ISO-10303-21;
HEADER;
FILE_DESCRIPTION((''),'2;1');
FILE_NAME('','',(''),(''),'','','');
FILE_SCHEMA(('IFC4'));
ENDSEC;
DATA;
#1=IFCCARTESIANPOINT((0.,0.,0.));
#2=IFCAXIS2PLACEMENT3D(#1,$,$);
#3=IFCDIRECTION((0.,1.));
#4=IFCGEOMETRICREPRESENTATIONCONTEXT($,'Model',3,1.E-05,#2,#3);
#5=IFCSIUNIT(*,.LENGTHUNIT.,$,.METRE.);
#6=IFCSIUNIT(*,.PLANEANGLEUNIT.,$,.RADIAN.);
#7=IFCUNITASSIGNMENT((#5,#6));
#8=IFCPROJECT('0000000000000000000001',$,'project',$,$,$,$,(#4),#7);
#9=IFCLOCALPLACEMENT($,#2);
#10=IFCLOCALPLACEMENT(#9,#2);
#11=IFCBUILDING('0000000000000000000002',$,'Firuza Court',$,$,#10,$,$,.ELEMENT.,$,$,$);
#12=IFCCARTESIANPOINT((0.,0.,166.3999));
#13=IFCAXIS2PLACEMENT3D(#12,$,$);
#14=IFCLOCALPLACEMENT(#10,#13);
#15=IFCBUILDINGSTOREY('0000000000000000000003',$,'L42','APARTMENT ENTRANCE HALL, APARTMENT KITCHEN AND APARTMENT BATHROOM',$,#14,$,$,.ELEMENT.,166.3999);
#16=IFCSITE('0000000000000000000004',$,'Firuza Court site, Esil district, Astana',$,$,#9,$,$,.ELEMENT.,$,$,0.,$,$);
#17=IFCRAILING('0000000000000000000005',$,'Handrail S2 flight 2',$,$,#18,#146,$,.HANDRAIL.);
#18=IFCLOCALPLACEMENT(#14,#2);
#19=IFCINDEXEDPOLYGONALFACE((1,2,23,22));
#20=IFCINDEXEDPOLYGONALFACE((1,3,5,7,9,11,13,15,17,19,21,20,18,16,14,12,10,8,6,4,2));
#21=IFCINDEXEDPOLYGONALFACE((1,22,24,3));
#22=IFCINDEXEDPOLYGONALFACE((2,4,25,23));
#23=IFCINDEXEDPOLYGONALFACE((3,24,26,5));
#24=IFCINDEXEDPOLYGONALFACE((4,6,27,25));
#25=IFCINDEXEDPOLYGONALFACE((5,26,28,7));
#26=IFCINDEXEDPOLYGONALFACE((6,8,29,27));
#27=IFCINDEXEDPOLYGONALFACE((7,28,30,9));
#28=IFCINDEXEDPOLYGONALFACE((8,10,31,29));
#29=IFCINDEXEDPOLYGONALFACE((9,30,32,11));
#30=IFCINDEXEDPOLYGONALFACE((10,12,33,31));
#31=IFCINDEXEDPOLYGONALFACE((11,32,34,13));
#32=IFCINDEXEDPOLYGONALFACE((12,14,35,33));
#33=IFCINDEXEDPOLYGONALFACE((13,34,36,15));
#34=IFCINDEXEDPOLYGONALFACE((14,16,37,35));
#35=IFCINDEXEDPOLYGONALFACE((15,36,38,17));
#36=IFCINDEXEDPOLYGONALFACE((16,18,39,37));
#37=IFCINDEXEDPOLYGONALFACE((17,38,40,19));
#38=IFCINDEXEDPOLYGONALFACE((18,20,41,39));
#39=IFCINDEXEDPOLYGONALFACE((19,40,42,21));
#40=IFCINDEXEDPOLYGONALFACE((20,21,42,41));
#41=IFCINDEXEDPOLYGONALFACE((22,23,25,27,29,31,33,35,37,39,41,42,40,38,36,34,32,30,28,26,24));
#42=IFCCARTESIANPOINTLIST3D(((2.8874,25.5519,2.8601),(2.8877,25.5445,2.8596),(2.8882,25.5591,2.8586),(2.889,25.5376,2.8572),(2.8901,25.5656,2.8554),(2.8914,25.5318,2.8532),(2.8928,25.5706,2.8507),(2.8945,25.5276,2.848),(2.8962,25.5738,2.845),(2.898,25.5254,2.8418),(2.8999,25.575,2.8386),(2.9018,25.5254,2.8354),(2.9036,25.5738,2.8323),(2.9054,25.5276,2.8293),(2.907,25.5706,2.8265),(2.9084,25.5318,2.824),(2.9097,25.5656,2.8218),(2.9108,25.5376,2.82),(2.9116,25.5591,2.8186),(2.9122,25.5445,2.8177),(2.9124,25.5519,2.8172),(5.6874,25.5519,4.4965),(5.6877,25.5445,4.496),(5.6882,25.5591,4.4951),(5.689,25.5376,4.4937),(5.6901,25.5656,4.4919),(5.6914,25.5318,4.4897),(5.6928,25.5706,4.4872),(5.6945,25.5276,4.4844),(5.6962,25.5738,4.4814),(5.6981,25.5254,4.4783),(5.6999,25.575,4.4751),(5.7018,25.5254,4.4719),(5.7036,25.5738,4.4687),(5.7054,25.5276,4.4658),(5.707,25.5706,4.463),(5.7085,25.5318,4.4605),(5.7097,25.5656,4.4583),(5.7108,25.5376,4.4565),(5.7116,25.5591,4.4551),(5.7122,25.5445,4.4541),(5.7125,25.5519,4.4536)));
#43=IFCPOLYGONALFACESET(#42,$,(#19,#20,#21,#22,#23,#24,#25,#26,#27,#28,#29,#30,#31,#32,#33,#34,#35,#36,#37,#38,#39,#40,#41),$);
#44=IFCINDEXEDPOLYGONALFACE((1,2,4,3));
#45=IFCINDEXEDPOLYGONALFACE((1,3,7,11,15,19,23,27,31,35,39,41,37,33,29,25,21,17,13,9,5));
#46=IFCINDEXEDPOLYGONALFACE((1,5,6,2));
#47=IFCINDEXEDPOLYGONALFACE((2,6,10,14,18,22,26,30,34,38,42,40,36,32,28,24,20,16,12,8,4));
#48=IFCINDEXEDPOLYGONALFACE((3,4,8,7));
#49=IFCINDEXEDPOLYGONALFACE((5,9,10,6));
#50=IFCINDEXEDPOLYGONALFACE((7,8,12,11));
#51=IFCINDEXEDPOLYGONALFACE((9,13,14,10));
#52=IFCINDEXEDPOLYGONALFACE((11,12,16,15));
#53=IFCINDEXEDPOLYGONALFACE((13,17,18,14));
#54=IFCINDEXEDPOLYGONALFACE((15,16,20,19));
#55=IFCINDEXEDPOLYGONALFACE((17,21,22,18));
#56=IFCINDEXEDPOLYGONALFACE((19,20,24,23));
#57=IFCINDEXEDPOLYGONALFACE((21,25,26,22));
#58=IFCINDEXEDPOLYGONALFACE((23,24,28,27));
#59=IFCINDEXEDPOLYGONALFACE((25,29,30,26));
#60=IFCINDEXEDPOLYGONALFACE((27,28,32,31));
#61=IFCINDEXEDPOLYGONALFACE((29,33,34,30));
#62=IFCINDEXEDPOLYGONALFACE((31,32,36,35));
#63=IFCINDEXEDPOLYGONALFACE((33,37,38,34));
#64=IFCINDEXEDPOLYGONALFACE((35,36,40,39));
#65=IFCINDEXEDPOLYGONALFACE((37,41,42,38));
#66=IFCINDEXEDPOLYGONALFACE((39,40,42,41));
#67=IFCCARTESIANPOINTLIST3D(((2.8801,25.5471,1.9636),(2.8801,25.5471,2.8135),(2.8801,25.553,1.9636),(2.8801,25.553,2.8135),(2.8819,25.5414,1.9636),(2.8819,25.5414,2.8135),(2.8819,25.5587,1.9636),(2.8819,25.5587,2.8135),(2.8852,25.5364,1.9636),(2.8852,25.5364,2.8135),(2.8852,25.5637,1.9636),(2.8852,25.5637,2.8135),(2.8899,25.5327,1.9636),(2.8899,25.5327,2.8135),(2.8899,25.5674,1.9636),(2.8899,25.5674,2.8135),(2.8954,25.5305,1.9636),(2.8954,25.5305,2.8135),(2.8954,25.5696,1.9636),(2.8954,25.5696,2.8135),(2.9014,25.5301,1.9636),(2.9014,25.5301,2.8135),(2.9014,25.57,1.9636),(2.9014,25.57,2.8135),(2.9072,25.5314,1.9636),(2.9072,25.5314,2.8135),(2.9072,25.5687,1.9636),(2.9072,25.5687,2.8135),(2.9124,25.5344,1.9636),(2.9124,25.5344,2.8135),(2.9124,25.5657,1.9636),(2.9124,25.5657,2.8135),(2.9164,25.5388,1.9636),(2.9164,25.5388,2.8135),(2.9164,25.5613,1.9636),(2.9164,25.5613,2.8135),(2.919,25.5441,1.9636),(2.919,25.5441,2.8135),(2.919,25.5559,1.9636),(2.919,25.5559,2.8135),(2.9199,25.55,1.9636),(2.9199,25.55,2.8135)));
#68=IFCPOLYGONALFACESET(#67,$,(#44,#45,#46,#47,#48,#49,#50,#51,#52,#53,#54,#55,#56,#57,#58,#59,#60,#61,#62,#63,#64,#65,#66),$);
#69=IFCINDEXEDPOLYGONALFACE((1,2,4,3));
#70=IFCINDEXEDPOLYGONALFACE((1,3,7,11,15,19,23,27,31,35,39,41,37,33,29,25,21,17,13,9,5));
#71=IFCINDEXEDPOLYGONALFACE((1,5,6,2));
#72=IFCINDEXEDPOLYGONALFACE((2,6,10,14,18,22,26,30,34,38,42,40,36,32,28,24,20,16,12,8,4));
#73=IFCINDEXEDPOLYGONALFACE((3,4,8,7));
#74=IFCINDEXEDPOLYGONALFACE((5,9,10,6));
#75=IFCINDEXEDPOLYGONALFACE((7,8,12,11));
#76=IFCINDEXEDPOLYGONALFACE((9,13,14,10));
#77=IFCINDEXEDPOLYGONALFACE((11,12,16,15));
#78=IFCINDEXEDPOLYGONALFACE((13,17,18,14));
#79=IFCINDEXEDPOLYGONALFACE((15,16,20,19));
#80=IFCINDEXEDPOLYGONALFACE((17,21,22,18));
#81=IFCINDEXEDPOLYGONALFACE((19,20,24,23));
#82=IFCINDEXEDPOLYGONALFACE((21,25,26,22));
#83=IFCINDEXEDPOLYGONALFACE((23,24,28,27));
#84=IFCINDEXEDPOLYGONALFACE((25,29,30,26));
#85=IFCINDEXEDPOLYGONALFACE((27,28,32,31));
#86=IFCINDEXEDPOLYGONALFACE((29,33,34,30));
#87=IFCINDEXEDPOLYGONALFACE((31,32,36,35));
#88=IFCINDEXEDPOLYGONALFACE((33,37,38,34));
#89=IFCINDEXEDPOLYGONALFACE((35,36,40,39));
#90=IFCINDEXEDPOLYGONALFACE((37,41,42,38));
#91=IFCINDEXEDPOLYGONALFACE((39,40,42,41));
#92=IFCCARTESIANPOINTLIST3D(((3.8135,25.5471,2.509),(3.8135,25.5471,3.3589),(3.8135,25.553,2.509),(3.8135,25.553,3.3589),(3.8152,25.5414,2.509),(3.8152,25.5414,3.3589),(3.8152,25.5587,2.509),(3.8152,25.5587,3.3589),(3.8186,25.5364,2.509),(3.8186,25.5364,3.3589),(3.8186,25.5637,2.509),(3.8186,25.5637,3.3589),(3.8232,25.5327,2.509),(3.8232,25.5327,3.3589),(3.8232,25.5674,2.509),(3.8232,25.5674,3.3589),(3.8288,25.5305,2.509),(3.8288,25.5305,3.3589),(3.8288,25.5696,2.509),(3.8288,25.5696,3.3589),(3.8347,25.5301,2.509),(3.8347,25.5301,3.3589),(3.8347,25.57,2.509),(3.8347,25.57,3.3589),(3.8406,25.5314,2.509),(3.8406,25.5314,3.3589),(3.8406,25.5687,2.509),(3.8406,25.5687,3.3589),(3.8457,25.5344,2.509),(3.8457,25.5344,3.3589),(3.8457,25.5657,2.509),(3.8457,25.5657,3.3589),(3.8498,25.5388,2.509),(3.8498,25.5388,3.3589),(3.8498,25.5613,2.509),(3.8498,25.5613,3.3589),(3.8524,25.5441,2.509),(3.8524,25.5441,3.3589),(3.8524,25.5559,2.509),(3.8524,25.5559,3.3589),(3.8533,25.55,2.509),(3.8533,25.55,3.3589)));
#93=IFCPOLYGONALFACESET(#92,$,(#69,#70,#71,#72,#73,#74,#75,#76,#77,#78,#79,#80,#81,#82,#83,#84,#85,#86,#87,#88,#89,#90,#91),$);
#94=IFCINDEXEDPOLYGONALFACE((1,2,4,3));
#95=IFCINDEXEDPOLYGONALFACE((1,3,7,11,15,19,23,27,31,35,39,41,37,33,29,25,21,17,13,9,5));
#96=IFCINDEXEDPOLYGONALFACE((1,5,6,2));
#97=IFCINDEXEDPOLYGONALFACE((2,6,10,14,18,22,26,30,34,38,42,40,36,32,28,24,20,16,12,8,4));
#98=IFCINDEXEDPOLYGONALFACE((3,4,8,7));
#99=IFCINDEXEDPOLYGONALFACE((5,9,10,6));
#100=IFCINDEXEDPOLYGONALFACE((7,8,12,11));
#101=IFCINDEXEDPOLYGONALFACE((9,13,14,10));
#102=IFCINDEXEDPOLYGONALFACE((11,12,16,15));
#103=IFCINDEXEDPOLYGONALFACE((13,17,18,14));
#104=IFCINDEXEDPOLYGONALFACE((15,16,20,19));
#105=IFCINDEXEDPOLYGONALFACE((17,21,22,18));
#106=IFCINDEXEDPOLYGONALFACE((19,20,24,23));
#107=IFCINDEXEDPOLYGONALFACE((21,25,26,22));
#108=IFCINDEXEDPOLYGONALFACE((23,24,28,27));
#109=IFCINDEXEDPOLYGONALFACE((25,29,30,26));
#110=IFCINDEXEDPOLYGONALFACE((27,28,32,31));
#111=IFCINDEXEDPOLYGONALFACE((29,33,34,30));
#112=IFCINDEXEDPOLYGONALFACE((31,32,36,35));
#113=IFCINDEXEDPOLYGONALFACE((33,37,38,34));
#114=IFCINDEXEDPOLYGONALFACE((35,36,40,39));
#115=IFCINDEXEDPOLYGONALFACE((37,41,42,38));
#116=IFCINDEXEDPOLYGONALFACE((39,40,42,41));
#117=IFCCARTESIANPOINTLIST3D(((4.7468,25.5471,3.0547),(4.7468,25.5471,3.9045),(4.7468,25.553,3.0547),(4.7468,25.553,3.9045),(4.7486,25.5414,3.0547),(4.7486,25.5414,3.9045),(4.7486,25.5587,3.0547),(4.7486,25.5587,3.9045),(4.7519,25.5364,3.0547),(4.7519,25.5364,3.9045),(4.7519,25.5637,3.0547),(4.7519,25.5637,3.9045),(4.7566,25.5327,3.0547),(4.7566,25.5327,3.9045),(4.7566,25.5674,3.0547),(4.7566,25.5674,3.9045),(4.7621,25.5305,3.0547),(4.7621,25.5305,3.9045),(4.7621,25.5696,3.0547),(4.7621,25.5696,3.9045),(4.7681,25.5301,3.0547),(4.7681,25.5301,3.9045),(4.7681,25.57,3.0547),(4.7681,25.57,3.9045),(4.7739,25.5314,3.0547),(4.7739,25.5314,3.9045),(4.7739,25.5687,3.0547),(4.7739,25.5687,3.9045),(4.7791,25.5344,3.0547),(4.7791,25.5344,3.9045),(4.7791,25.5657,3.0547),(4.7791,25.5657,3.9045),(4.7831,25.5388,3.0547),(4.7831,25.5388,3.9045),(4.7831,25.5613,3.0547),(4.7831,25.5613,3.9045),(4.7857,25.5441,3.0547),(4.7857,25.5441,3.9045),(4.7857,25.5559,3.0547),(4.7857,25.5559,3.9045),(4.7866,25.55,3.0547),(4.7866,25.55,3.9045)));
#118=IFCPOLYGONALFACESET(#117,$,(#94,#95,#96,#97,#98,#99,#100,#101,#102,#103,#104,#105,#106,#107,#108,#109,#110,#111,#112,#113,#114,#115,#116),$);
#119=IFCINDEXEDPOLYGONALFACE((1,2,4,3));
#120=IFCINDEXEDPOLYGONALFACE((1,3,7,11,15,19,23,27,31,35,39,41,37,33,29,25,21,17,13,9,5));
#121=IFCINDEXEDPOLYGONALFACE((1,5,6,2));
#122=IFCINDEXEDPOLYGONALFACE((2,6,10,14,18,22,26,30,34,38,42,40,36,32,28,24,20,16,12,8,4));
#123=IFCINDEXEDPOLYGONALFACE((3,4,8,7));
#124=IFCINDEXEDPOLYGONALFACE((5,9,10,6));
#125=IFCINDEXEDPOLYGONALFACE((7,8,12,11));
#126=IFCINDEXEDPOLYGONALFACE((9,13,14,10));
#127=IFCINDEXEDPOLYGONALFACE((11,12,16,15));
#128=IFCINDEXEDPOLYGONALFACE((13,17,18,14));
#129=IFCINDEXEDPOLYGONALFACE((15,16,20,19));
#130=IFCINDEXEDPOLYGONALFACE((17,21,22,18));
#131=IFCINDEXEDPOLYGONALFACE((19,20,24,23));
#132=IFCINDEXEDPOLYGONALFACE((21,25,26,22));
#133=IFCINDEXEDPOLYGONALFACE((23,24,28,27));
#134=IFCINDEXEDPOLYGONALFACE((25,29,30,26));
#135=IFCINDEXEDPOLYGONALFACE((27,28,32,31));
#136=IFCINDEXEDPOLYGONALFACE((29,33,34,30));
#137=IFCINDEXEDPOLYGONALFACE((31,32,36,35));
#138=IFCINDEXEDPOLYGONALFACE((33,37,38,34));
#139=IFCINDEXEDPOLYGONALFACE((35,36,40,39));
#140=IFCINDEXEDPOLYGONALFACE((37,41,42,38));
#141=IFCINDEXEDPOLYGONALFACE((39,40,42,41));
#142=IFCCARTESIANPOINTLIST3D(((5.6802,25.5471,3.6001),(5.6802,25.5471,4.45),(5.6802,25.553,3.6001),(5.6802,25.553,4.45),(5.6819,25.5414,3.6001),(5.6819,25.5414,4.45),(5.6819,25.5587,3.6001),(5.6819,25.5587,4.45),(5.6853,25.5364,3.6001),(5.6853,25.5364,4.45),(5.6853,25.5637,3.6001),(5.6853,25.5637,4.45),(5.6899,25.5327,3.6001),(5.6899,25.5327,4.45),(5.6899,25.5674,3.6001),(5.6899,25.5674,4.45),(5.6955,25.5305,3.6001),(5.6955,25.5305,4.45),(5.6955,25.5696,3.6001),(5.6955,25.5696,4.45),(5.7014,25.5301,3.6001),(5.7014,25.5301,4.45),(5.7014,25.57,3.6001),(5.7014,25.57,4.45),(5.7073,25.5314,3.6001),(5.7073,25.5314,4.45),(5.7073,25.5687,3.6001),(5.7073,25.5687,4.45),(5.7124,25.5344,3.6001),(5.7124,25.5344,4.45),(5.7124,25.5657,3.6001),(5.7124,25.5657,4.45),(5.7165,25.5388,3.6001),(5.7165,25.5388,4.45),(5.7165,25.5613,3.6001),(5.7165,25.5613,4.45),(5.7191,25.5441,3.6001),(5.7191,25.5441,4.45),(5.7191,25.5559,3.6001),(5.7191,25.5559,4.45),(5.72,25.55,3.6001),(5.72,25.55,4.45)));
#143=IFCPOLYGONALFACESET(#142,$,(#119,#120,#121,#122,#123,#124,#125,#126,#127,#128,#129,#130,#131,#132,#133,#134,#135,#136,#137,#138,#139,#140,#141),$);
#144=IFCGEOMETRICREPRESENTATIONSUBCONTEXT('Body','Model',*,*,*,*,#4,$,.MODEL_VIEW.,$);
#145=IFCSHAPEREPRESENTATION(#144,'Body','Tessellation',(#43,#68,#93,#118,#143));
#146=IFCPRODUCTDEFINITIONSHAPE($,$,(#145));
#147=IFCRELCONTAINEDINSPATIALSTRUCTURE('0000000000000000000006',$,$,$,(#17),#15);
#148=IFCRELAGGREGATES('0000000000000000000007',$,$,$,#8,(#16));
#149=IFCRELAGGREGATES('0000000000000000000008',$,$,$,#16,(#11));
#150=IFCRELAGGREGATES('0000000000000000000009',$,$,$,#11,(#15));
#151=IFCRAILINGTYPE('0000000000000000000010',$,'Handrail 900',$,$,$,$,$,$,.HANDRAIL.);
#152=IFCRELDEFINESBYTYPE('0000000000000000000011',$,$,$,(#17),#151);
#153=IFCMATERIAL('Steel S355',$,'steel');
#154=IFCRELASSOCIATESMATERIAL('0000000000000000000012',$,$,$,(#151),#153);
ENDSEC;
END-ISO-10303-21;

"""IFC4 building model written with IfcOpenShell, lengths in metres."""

from ifc_helpers import new_model, si_unit, direction, frame, origin, origin_2d, place, context, subcontext, project, spatial, circle, extrude, material, type_object, element, save


model = new_model("IFC4")

# Units and contexts
model_context = context("Model", 3, precision=1e-05, world=origin(), true_north=direction((0.0, 1.0)))
body_context = subcontext(model_context, "Body", "Model", "MODEL_VIEW")
ifc_project = project(units=[si_unit("LENGTHUNIT", "METRE"), si_unit("PLANEANGLEUNIT", "RADIAN")], contexts=[model_context])

# Site, building, storey
site_placement = place(None, origin())
site = spatial("IfcSite", under=ifc_project, at=site_placement, Name="Firuza Court site, Esil district, Astana", CompositionType="ELEMENT", RefElevation=0.0)
building_placement = place(site_placement, origin())
building = spatial("IfcBuilding", under=site, at=building_placement, Name="Firuza Court", CompositionType="ELEMENT")
storey_placement = place(building_placement, frame((0.0, 0.0, 166.3999)))
storey = spatial("IfcBuildingStorey", under=building, at=storey_placement, Name="L42", Description="APARTMENT ENTRANCE HALL, APARTMENT KITCHEN AND APARTMENT BATHROOM", CompositionType="ELEMENT", Elevation=166.3999)

# Railing
ifc_material_1 = material(Name="Steel S355", Category="steel")
railing_type = type_object("IfcRailingType", Name="Handrail 900", PredefinedType="HANDRAIL", material=ifc_material_1)
railing_placement = place(storey_placement, frame((2.8999, 25.55, 1.9636)))
element("IfcRailing", 1, at=railing_placement, inside=storey, type_object=railing_type, Name="Handrail S2 flight 2", PredefinedType="HANDRAIL", context=body_context, shape_type="SweptSolid", body=[
    extrude(circle(Radius=0.0249, at=origin_2d()), frame((0.0, 0.0, 0.875), z_axis=(0.863361, 0.0, 0.504587), x_axis=(0.0, 1.0, 0.0)), (0.0, 0.0, 1.0), 3.2432),
    extrude(circle(Radius=0.02, at=origin_2d()), origin(), (0.0, 0.0, 1.0), 0.8499),
    extrude(circle(Radius=0.02, at=origin_2d()), frame((0.9333, 0.0, 0.5454)), (0.0, 0.0, 1.0), 0.8499),
    extrude(circle(Radius=0.02, at=origin_2d()), frame((1.8667, 0.0, 1.0911)), (0.0, 0.0, 1.0), 0.8499),
    extrude(circle(Radius=0.02, at=origin_2d()), frame((2.8, 0.0, 1.6365)), (0.0, 0.0, 1.0), 0.8499),
])

save(model, "model.ifc")
